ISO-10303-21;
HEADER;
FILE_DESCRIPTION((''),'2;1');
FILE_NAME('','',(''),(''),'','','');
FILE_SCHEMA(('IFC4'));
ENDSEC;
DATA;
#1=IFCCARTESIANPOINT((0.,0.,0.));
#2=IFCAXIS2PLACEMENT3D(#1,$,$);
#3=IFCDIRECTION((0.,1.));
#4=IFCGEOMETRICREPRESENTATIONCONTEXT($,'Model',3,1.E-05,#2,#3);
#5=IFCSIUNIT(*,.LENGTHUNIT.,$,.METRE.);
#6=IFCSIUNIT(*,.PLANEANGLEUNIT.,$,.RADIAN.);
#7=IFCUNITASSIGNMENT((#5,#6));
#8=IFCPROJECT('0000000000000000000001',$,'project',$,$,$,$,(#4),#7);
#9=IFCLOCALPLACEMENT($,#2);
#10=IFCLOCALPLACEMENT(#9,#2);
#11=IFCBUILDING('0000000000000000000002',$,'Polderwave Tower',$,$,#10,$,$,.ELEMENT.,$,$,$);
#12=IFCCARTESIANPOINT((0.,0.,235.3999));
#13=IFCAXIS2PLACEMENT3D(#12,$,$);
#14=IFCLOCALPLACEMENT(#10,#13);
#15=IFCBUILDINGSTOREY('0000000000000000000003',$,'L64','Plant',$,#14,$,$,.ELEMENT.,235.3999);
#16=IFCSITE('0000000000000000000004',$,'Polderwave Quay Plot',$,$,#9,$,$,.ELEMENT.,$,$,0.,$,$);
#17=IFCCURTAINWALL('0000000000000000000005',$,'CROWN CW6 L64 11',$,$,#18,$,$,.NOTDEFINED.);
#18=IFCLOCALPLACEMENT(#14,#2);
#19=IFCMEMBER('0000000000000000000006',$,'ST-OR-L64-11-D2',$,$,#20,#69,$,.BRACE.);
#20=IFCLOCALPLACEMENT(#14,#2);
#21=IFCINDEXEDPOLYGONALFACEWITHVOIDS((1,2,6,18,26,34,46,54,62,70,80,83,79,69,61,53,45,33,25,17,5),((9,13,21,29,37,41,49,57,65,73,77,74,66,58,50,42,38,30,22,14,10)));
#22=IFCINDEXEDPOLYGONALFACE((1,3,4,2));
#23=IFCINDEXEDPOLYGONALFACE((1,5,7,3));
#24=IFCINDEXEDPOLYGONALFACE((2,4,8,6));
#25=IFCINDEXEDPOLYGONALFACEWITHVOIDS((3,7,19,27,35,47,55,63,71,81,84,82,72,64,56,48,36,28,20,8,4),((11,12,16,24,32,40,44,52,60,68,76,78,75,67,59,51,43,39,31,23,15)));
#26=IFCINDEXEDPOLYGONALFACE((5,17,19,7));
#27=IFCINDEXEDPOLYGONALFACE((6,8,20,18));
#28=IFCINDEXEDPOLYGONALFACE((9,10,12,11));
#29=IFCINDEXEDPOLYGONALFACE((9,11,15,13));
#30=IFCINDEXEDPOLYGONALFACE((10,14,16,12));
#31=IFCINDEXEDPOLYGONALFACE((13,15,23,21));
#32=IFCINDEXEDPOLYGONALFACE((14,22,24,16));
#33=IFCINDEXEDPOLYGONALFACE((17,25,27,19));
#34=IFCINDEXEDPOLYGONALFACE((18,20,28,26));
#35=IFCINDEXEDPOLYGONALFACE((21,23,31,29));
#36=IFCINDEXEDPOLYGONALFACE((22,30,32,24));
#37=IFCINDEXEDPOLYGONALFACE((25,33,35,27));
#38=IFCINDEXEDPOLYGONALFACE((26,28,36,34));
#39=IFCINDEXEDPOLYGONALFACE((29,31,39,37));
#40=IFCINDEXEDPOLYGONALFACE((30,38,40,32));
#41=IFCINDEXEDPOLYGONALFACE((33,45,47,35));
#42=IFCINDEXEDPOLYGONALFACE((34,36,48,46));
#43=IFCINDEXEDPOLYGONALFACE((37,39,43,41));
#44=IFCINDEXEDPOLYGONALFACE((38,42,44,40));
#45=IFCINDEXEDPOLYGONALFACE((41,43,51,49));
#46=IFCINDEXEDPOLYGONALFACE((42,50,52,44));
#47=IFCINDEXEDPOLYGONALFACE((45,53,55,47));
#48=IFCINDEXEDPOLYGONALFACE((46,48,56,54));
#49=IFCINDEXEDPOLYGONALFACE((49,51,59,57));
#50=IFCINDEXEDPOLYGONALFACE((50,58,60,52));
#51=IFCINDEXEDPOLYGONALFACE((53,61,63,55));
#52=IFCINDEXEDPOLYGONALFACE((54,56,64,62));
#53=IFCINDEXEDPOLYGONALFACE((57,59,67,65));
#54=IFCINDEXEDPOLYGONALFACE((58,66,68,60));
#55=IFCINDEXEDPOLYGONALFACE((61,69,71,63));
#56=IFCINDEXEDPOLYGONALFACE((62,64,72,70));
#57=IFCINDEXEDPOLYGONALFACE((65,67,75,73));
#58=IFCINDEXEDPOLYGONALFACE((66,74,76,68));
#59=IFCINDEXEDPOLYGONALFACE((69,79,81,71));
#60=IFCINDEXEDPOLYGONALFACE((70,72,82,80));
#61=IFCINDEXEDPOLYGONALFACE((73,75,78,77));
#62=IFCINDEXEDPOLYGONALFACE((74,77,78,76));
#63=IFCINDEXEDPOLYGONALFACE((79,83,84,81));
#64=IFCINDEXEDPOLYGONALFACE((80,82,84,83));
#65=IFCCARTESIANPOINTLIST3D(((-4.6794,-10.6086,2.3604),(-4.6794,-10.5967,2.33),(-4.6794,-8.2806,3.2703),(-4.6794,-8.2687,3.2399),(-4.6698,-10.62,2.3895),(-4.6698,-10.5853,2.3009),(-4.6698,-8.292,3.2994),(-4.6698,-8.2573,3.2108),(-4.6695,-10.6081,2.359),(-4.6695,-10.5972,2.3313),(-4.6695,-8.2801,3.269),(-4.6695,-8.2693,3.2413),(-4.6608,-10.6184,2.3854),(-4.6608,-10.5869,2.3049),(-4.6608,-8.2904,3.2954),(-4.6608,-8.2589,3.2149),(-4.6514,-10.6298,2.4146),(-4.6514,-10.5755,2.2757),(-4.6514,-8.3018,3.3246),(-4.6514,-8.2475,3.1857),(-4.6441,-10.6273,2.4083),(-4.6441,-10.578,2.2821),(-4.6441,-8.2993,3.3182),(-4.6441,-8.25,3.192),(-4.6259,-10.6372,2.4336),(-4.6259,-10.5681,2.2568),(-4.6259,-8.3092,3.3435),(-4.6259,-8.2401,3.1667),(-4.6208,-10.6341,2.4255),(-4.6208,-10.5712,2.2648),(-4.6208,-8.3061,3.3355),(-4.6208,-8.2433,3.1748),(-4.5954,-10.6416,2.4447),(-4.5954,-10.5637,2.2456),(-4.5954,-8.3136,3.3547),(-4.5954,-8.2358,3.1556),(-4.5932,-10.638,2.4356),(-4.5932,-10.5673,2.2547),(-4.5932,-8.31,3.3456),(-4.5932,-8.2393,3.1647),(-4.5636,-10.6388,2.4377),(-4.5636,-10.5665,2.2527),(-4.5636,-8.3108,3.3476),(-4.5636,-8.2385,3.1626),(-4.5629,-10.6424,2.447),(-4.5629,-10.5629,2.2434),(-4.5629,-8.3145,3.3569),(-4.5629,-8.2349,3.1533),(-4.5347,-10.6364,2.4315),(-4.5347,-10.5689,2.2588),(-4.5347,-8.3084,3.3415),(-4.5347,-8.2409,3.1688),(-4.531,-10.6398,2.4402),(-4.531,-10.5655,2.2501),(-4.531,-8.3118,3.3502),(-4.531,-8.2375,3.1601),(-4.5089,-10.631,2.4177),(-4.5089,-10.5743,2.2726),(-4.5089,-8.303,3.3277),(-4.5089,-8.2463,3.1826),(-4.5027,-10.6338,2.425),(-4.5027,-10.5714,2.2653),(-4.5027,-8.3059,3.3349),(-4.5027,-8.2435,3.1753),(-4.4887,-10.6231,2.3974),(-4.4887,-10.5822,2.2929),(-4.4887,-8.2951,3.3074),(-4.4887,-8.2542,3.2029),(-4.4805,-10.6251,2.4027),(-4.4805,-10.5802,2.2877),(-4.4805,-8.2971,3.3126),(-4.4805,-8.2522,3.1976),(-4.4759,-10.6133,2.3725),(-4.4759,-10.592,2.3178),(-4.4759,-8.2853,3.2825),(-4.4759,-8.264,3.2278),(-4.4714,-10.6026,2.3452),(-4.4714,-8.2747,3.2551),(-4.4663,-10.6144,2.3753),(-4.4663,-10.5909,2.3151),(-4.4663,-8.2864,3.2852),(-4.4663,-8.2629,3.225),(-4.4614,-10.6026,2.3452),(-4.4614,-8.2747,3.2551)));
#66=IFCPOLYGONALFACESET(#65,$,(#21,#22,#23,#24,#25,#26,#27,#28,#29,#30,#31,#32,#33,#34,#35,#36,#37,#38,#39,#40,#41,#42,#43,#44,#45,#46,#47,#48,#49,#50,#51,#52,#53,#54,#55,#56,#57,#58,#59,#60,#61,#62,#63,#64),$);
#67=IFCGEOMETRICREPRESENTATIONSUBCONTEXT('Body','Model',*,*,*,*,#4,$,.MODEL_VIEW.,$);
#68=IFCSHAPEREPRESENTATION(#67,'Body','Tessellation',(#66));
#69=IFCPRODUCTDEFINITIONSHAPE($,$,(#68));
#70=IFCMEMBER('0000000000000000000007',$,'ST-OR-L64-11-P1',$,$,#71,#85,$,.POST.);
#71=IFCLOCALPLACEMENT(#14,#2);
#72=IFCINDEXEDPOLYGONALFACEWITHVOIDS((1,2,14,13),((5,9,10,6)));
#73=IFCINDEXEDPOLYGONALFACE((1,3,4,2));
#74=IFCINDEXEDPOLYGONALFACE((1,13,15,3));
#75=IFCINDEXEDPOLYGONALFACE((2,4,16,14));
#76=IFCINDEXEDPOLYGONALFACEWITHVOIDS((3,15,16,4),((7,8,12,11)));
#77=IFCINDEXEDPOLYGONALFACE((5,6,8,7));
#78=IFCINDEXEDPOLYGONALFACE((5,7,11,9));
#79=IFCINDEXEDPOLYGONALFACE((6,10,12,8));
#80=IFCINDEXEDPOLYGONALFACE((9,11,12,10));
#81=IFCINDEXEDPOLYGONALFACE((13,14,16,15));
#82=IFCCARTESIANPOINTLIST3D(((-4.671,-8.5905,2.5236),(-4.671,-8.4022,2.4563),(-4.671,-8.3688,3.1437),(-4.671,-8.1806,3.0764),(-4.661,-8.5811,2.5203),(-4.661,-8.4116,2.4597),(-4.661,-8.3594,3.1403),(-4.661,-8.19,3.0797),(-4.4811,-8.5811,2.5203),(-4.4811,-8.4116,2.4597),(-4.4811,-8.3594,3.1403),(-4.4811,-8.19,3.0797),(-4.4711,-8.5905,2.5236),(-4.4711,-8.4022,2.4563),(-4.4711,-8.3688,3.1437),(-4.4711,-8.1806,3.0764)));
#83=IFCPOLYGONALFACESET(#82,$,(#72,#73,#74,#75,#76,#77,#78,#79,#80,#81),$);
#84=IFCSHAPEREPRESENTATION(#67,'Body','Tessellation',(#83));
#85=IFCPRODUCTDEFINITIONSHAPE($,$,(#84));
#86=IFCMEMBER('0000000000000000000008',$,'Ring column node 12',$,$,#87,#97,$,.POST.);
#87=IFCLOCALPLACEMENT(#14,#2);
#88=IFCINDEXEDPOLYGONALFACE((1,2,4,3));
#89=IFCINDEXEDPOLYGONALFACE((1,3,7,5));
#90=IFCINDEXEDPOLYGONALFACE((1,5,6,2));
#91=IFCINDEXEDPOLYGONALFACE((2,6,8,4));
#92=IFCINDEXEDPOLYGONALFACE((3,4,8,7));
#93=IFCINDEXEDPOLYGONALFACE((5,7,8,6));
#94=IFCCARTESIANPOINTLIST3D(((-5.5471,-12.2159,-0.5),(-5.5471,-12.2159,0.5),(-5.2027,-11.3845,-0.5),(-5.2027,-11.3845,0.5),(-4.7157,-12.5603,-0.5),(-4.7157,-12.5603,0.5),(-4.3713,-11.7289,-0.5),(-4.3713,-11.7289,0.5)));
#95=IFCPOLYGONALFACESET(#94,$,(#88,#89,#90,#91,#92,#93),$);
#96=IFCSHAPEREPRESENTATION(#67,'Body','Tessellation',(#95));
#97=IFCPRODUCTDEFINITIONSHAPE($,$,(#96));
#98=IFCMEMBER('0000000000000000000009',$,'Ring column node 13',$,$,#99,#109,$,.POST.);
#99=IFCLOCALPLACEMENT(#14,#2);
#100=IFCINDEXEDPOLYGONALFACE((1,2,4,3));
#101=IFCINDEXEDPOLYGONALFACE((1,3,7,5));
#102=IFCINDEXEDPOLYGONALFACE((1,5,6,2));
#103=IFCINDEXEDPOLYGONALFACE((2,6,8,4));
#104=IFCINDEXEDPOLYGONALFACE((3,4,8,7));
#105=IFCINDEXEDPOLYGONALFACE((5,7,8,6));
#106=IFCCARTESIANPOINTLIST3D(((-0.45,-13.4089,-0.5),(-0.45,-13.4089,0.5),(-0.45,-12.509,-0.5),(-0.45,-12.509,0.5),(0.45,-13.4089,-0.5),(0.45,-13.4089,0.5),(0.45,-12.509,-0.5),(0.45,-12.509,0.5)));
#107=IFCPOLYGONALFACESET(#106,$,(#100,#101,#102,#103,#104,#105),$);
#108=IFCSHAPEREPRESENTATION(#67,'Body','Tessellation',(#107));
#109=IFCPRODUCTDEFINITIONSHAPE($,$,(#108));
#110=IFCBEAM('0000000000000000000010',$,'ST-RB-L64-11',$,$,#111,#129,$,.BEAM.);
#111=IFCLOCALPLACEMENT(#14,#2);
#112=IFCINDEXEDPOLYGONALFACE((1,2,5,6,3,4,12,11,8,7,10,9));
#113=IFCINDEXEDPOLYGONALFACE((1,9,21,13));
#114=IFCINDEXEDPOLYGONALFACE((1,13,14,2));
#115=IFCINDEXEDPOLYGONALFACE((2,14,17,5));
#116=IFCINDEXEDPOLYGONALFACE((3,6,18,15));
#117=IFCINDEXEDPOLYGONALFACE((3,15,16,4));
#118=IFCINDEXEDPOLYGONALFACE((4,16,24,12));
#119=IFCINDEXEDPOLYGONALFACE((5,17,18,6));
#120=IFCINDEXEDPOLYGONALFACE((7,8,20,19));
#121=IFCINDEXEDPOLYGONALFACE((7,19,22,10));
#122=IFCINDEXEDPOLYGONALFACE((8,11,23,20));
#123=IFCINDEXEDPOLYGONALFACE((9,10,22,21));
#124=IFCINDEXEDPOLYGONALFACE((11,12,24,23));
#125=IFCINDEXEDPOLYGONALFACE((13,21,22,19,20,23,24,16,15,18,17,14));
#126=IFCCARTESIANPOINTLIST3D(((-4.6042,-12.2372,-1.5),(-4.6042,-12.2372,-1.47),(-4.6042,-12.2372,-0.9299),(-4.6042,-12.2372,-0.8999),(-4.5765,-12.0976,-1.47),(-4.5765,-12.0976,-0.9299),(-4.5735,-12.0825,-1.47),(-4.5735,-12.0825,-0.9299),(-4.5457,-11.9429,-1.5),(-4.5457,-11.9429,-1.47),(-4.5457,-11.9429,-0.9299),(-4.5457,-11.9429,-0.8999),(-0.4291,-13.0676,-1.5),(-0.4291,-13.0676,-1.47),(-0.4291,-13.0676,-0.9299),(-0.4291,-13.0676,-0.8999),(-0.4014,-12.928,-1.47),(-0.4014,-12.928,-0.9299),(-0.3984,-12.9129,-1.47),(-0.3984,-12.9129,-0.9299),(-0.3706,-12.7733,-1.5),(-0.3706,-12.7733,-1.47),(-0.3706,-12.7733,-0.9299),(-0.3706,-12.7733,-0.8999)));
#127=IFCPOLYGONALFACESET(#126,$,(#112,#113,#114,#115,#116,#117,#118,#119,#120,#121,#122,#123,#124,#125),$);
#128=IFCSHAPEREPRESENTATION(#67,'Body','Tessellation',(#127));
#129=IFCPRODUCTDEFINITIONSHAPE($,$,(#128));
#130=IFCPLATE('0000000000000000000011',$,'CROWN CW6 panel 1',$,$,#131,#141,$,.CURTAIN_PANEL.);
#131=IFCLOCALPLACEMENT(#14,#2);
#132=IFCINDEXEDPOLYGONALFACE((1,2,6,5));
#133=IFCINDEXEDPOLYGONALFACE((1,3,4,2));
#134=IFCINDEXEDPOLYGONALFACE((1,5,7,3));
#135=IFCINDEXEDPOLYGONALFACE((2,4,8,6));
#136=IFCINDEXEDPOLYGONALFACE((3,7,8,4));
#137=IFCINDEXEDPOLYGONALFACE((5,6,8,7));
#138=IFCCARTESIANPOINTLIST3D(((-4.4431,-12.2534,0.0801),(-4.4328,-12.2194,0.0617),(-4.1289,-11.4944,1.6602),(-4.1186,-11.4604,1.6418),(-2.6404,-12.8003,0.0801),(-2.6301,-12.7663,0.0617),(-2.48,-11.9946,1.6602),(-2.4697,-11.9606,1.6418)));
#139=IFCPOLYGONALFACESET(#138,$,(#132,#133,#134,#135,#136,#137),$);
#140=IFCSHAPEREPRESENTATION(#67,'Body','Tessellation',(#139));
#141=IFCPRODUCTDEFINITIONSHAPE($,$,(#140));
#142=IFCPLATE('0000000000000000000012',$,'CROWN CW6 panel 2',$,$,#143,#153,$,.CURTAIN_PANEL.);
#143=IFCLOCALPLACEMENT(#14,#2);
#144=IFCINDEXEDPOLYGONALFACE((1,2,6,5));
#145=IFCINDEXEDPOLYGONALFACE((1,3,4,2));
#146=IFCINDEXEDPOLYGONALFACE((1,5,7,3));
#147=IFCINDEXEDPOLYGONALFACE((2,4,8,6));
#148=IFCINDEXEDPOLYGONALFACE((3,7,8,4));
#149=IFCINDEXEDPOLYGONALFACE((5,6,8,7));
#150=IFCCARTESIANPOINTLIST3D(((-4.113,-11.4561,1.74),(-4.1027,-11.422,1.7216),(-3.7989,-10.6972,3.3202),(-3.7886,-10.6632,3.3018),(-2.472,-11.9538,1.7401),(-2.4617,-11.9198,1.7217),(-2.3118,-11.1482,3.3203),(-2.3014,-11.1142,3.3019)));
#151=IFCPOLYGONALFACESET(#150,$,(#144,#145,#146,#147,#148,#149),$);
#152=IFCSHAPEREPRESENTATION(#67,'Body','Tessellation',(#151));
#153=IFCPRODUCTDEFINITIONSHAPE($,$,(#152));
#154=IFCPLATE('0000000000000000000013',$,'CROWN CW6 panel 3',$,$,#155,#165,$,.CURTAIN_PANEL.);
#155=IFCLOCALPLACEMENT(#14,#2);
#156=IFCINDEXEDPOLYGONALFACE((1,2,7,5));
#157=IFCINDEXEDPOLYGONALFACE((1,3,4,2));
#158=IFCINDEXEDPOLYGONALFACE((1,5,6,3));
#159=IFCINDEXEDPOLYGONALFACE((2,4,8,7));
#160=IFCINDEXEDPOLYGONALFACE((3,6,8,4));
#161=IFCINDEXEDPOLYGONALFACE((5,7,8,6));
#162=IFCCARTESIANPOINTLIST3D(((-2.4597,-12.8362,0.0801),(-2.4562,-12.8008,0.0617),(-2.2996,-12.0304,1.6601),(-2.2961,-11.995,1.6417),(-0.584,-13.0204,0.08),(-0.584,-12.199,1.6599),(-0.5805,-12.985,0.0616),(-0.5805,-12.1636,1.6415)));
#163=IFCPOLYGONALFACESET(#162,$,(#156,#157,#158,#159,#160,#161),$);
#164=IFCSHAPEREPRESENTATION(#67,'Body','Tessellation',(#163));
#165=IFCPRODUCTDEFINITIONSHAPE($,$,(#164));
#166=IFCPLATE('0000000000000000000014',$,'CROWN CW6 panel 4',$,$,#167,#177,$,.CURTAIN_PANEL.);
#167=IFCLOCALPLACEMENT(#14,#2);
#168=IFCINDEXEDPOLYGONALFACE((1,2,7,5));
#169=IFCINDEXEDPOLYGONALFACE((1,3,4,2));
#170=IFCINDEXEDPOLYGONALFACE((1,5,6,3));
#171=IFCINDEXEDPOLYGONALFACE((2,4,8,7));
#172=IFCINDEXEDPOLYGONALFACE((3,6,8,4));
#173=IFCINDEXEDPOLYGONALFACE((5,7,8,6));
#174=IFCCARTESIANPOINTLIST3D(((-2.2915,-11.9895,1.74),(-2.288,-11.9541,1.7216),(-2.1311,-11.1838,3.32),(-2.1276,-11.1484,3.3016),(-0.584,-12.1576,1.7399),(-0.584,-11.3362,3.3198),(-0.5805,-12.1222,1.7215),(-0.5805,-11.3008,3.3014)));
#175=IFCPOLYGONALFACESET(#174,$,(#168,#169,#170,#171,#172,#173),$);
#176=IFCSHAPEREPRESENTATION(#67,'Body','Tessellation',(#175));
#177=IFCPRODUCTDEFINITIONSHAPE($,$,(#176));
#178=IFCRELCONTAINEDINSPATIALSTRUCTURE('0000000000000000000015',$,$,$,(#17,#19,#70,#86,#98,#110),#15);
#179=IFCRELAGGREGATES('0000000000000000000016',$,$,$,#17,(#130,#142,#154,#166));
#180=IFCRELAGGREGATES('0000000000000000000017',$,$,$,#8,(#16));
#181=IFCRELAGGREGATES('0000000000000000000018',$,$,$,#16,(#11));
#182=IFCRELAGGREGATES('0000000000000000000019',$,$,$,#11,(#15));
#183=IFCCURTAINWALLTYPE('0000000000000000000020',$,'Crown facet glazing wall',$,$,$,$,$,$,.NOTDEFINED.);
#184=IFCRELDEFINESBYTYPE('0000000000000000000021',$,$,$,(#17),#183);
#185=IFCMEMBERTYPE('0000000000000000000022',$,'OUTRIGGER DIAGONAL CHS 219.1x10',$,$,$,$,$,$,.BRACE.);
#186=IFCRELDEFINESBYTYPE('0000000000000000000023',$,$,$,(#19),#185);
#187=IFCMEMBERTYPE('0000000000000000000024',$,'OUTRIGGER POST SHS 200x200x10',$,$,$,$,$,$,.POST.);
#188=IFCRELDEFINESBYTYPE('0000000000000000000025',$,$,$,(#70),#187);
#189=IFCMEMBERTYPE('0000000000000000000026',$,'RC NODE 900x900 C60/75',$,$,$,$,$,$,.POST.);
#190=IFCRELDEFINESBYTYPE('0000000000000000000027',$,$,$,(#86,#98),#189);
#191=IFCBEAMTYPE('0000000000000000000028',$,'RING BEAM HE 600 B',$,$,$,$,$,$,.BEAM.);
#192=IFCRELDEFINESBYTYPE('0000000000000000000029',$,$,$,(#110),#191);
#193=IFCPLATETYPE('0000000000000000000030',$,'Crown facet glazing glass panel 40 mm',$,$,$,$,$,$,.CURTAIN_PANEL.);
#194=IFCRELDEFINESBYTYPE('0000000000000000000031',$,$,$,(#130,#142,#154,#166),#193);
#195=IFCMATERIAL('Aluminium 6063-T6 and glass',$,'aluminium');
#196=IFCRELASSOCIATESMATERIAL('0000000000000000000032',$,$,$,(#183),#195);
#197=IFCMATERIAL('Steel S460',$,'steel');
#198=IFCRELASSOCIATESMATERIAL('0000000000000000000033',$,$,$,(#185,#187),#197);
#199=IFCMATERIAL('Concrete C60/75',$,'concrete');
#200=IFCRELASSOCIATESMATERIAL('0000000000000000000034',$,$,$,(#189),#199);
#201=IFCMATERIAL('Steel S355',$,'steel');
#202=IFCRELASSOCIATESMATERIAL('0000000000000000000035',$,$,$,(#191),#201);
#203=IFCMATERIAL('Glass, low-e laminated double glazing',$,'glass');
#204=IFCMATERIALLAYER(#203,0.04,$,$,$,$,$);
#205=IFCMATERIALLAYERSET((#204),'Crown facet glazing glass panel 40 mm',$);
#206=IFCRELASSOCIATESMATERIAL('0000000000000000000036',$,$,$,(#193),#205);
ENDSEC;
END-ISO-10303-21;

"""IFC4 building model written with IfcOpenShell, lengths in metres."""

from ifc_helpers import new_model, si_unit, direction, frame, origin, origin_2d, place, context, subcontext, project, spatial, polyline, rectangle, hollow_rectangle, hollow_circle, i_section, outline, extrude, material, layer, layer_set, material_profile, profile_set, type_object, element, aggregate, save


model = new_model("IFC4")

# Units and contexts
model_context = context("Model", 3, precision=1e-05, world=origin(), true_north=direction((0.0, 1.0)))
body_context = subcontext(model_context, "Body", "Model", "MODEL_VIEW")
ifc_project = project(units=[si_unit("LENGTHUNIT", "METRE"), si_unit("PLANEANGLEUNIT", "RADIAN")], contexts=[model_context])

# Site, building, storey
site_placement = place(None, origin())
site = spatial("IfcSite", under=ifc_project, at=site_placement, Name="Polderwave Quay Plot", CompositionType="ELEMENT", RefElevation=0.0)
building_placement = place(site_placement, origin())
building = spatial("IfcBuilding", under=site, at=building_placement, Name="Polderwave Tower", CompositionType="ELEMENT")
storey_placement = place(building_placement, frame((0.0, 0.0, 235.3999)))
storey = spatial("IfcBuildingStorey", under=building, at=storey_placement, Name="L64", Description="Plant", CompositionType="ELEMENT", Elevation=235.3999)

# Shared definitions
ifc_material_1 = material(Name="Concrete C60/75", Category="concrete")

# Shared definitions
ifc_material_2 = material(Name="Steel S460", Category="steel")

# Shared definitions
ifc_material_3 = material(Name="Aluminium 6063-T6 and glass", Category="aluminium")
curtain_wall_type = type_object("IfcCurtainWallType", Name="Crown facet glazing wall", PredefinedType="NOTDEFINED", material=ifc_material_3)

# Curtain wall
curtain_wall_1_placement = place(storey_placement, origin())
curtain_wall_1 = element("IfcCurtainWall", 1, at=curtain_wall_1_placement, inside=storey, type_object=curtain_wall_type, Name="CROWN CW6 L64 11", PredefinedType="NOTDEFINED")

# Members
ifc_material_profile_1 = material_profile(ifc_material_2, hollow_circle(Radius=0.1096, WallThickness=0.01, at=origin_2d()), Name="CHS 219.1x10")
ifc_profile_set_1 = profile_set([ifc_material_profile_1], Name="Steel S460")
member_type_1 = type_object("IfcMemberType", Name="OUTRIGGER DIAGONAL CHS 219.1x10", PredefinedType="BRACE", material=ifc_profile_set_1)
member_1_placement = place(storey_placement, frame((-4.571, -8.2747, 3.2551), z_axis=(0.0, -0.931378, -0.364053), x_axis=(1.0, 0.0, 0.0)))
element("IfcMember", 2, at=member_1_placement, inside=storey, type_object=member_type_1, Name="ST-OR-L64-11-D2", PredefinedType="BRACE", context=body_context, shape_type="SweptSolid", body=[
    extrude(hollow_circle(Radius=0.1096, WallThickness=0.01, at=origin_2d()), origin(), (0.0, 0.0, 1.0), 2.4995),
])
ifc_material_profile_2 = material_profile(ifc_material_2, hollow_rectangle(XDim=0.2, YDim=0.2, WallThickness=0.01, at=origin_2d()), Name="SHS 200x200x10")
ifc_profile_set_2 = profile_set([ifc_material_profile_2], Name="Steel S460")
member_type_2 = type_object("IfcMemberType", Name="OUTRIGGER POST SHS 200x200x10", PredefinedType="POST", material=ifc_profile_set_2)
member_2_placement = place(storey_placement, frame((-4.571, -8.4963, 2.49), z_axis=(0.0, 0.336618, 0.941641), x_axis=(-1.0, 0.0, 0.0)))
element("IfcMember", 3, at=member_2_placement, inside=storey, type_object=member_type_2, Name="ST-OR-L64-11-P1", PredefinedType="POST", context=body_context, shape_type="SweptSolid", body=[
    extrude(hollow_rectangle(XDim=0.2, YDim=0.2, WallThickness=0.01, at=origin_2d()), origin(), (0.0, 0.0, 1.0), 0.6584),
])
ifc_material_profile_3 = material_profile(ifc_material_1, rectangle(XDim=0.8999, YDim=0.8999, at=origin_2d()), Name="RC 900x900")
ifc_profile_set_3 = profile_set([ifc_material_profile_3], Name="Concrete C60/75")
member_type_3 = type_object("IfcMemberType", Name="RC NODE 900x900 C60/75", PredefinedType="POST", material=ifc_profile_set_3)
for number, where, z_axis, x_axis, name in (
    (4, (-4.9592, -11.9724, -0.5), (0.0, 0.0, 1.0), (-0.382683, -0.92388, 0.0), "Ring column node 12"),
    (5, (0.0, -12.959, -0.5), (0.0, 0.0, 1.0), (0.0, -1.0, 0.0), "Ring column node 13"),
):
    element("IfcMember", number, at=place(storey_placement, frame(where, z_axis=z_axis, x_axis=x_axis)), inside=storey, type_object=member_type_3, Name=name, PredefinedType="POST", context=body_context, shape_type="SweptSolid", body=[
        extrude(rectangle(XDim=0.8999, YDim=0.8999, at=origin_2d()), origin(), (0.0, 0.0, 1.0), 1.0),
    ])

# Beam
ifc_material_4 = material(Name="Steel S355", Category="steel")
ifc_material_profile_4 = material_profile(ifc_material_4, i_section(OverallWidth=0.3, OverallDepth=0.6001, WebThickness=0.0154, FlangeThickness=0.03, at=origin_2d()), Name="HE 600 B")
ifc_profile_set_4 = profile_set([ifc_material_profile_4], Name="Steel S355")
beam_type_1 = type_object("IfcBeamType", Name="RING BEAM HE 600 B", PredefinedType="BEAM", material=ifc_profile_set_4)
beam_placement = place(storey_placement, frame((-4.575, -12.0901, -1.2), z_axis=(0.980792, -0.195057, 0.0), x_axis=(0.195057, 0.980792, 0.0)))
element("IfcBeam", 6, at=beam_placement, inside=storey, type_object=beam_type_1, Name="ST-RB-L64-11", PredefinedType="BEAM", context=body_context, shape_type="SweptSolid", body=[
    extrude(i_section(OverallWidth=0.3, OverallDepth=0.6001, WebThickness=0.0154, FlangeThickness=0.03, at=origin_2d()), origin(), (0.0, 0.0, 1.0), 4.2568),
])

# Plates
ifc_material_5 = material(Name="Glass, low-e laminated double glazing", Category="glass")
ifc_layer = layer(ifc_material_5, 0.04)
ifc_layer_set = layer_set([ifc_layer], Name="Crown facet glazing glass panel 40 mm")
plate_type = type_object("IfcPlateType", Name="Crown facet glazing glass panel 40 mm", PredefinedType="CURTAIN_PANEL", material=ifc_layer_set)
plate_1_placement = place(storey_placement, frame((-4.4431, -12.2534, 0.0801), z_axis=(-0.257834, -0.849908, 0.45954), x_axis=(0.956935, -0.290301, 0.000003)))
plate_1 = element("IfcPlate", 7, at=plate_1_placement, type_object=plate_type, Name="CROWN CW6 panel 1", PredefinedType="CURTAIN_PANEL", context=body_context, shape_type="SweptSolid", body=[
    extrude(outline(polyline([(0.0, 0.0), (1.8839, 0.0), (1.8035, 1.779), (0.0803, 1.7791), (0.0, 0.0)])), origin(), (0.0, 0.0, -1.0), 0.04),
])
plate_2_placement = place(storey_placement, frame((-4.113, -11.4561, 1.74), z_axis=(-0.257818, -0.849965, 0.459445), x_axis=(0.956953, -0.290242, 0.000054)))
plate_2 = element("IfcPlate", 8, at=plate_2_placement, type_object=plate_type, Name="CROWN CW6 panel 2", PredefinedType="CURTAIN_PANEL", context=body_context, shape_type="SweptSolid", body=[
    extrude(outline(polyline([(0.0, 0.0), (1.7149, 0.0), (1.6345, 1.7791), (0.0805, 1.7791), (0.0, 0.0)])), origin(), (0.0, 0.0, -1.0), 0.04),
])
plate_3_placement = place(storey_placement, frame((-2.4597, -12.8362, 0.0801), z_axis=(-0.086796, -0.883895, 0.459561), x_axis=(0.995212, -0.097742, -0.000029)))
plate_3 = element("IfcPlate", 9, at=plate_3_placement, type_object=plate_type, Name="CROWN CW6 panel 3", PredefinedType="CURTAIN_PANEL", context=body_context, shape_type="SweptSolid", body=[
    extrude(outline(polyline([(0.0, 0.0), (1.8848, 0.0), (1.8044, 1.7789), (0.0806, 1.779), (0.0, 0.0)])), origin(), (0.0, 0.0, -1.0), 0.04),
])
plate_4_placement = place(storey_placement, frame((-2.2915, -11.9895, 1.74), z_axis=(-0.08702, -0.88387, 0.459566), x_axis=(0.995187, -0.097992, -0.000024)))
plate_4 = element("IfcPlate", 10, at=plate_4_placement, type_object=plate_type, Name="CROWN CW6 panel 4", PredefinedType="CURTAIN_PANEL", context=body_context, shape_type="SweptSolid", body=[
    extrude(outline(polyline([(0.0, 0.0), (1.7158, 0.0), (1.6352, 1.7788), (0.0806, 1.779), (0.0, 0.0)])), origin(), (0.0, 0.0, -1.0), 0.04),
])
aggregate(curtain_wall_1, [plate_1, plate_2, plate_3, plate_4])

save(model, "model.ifc")
